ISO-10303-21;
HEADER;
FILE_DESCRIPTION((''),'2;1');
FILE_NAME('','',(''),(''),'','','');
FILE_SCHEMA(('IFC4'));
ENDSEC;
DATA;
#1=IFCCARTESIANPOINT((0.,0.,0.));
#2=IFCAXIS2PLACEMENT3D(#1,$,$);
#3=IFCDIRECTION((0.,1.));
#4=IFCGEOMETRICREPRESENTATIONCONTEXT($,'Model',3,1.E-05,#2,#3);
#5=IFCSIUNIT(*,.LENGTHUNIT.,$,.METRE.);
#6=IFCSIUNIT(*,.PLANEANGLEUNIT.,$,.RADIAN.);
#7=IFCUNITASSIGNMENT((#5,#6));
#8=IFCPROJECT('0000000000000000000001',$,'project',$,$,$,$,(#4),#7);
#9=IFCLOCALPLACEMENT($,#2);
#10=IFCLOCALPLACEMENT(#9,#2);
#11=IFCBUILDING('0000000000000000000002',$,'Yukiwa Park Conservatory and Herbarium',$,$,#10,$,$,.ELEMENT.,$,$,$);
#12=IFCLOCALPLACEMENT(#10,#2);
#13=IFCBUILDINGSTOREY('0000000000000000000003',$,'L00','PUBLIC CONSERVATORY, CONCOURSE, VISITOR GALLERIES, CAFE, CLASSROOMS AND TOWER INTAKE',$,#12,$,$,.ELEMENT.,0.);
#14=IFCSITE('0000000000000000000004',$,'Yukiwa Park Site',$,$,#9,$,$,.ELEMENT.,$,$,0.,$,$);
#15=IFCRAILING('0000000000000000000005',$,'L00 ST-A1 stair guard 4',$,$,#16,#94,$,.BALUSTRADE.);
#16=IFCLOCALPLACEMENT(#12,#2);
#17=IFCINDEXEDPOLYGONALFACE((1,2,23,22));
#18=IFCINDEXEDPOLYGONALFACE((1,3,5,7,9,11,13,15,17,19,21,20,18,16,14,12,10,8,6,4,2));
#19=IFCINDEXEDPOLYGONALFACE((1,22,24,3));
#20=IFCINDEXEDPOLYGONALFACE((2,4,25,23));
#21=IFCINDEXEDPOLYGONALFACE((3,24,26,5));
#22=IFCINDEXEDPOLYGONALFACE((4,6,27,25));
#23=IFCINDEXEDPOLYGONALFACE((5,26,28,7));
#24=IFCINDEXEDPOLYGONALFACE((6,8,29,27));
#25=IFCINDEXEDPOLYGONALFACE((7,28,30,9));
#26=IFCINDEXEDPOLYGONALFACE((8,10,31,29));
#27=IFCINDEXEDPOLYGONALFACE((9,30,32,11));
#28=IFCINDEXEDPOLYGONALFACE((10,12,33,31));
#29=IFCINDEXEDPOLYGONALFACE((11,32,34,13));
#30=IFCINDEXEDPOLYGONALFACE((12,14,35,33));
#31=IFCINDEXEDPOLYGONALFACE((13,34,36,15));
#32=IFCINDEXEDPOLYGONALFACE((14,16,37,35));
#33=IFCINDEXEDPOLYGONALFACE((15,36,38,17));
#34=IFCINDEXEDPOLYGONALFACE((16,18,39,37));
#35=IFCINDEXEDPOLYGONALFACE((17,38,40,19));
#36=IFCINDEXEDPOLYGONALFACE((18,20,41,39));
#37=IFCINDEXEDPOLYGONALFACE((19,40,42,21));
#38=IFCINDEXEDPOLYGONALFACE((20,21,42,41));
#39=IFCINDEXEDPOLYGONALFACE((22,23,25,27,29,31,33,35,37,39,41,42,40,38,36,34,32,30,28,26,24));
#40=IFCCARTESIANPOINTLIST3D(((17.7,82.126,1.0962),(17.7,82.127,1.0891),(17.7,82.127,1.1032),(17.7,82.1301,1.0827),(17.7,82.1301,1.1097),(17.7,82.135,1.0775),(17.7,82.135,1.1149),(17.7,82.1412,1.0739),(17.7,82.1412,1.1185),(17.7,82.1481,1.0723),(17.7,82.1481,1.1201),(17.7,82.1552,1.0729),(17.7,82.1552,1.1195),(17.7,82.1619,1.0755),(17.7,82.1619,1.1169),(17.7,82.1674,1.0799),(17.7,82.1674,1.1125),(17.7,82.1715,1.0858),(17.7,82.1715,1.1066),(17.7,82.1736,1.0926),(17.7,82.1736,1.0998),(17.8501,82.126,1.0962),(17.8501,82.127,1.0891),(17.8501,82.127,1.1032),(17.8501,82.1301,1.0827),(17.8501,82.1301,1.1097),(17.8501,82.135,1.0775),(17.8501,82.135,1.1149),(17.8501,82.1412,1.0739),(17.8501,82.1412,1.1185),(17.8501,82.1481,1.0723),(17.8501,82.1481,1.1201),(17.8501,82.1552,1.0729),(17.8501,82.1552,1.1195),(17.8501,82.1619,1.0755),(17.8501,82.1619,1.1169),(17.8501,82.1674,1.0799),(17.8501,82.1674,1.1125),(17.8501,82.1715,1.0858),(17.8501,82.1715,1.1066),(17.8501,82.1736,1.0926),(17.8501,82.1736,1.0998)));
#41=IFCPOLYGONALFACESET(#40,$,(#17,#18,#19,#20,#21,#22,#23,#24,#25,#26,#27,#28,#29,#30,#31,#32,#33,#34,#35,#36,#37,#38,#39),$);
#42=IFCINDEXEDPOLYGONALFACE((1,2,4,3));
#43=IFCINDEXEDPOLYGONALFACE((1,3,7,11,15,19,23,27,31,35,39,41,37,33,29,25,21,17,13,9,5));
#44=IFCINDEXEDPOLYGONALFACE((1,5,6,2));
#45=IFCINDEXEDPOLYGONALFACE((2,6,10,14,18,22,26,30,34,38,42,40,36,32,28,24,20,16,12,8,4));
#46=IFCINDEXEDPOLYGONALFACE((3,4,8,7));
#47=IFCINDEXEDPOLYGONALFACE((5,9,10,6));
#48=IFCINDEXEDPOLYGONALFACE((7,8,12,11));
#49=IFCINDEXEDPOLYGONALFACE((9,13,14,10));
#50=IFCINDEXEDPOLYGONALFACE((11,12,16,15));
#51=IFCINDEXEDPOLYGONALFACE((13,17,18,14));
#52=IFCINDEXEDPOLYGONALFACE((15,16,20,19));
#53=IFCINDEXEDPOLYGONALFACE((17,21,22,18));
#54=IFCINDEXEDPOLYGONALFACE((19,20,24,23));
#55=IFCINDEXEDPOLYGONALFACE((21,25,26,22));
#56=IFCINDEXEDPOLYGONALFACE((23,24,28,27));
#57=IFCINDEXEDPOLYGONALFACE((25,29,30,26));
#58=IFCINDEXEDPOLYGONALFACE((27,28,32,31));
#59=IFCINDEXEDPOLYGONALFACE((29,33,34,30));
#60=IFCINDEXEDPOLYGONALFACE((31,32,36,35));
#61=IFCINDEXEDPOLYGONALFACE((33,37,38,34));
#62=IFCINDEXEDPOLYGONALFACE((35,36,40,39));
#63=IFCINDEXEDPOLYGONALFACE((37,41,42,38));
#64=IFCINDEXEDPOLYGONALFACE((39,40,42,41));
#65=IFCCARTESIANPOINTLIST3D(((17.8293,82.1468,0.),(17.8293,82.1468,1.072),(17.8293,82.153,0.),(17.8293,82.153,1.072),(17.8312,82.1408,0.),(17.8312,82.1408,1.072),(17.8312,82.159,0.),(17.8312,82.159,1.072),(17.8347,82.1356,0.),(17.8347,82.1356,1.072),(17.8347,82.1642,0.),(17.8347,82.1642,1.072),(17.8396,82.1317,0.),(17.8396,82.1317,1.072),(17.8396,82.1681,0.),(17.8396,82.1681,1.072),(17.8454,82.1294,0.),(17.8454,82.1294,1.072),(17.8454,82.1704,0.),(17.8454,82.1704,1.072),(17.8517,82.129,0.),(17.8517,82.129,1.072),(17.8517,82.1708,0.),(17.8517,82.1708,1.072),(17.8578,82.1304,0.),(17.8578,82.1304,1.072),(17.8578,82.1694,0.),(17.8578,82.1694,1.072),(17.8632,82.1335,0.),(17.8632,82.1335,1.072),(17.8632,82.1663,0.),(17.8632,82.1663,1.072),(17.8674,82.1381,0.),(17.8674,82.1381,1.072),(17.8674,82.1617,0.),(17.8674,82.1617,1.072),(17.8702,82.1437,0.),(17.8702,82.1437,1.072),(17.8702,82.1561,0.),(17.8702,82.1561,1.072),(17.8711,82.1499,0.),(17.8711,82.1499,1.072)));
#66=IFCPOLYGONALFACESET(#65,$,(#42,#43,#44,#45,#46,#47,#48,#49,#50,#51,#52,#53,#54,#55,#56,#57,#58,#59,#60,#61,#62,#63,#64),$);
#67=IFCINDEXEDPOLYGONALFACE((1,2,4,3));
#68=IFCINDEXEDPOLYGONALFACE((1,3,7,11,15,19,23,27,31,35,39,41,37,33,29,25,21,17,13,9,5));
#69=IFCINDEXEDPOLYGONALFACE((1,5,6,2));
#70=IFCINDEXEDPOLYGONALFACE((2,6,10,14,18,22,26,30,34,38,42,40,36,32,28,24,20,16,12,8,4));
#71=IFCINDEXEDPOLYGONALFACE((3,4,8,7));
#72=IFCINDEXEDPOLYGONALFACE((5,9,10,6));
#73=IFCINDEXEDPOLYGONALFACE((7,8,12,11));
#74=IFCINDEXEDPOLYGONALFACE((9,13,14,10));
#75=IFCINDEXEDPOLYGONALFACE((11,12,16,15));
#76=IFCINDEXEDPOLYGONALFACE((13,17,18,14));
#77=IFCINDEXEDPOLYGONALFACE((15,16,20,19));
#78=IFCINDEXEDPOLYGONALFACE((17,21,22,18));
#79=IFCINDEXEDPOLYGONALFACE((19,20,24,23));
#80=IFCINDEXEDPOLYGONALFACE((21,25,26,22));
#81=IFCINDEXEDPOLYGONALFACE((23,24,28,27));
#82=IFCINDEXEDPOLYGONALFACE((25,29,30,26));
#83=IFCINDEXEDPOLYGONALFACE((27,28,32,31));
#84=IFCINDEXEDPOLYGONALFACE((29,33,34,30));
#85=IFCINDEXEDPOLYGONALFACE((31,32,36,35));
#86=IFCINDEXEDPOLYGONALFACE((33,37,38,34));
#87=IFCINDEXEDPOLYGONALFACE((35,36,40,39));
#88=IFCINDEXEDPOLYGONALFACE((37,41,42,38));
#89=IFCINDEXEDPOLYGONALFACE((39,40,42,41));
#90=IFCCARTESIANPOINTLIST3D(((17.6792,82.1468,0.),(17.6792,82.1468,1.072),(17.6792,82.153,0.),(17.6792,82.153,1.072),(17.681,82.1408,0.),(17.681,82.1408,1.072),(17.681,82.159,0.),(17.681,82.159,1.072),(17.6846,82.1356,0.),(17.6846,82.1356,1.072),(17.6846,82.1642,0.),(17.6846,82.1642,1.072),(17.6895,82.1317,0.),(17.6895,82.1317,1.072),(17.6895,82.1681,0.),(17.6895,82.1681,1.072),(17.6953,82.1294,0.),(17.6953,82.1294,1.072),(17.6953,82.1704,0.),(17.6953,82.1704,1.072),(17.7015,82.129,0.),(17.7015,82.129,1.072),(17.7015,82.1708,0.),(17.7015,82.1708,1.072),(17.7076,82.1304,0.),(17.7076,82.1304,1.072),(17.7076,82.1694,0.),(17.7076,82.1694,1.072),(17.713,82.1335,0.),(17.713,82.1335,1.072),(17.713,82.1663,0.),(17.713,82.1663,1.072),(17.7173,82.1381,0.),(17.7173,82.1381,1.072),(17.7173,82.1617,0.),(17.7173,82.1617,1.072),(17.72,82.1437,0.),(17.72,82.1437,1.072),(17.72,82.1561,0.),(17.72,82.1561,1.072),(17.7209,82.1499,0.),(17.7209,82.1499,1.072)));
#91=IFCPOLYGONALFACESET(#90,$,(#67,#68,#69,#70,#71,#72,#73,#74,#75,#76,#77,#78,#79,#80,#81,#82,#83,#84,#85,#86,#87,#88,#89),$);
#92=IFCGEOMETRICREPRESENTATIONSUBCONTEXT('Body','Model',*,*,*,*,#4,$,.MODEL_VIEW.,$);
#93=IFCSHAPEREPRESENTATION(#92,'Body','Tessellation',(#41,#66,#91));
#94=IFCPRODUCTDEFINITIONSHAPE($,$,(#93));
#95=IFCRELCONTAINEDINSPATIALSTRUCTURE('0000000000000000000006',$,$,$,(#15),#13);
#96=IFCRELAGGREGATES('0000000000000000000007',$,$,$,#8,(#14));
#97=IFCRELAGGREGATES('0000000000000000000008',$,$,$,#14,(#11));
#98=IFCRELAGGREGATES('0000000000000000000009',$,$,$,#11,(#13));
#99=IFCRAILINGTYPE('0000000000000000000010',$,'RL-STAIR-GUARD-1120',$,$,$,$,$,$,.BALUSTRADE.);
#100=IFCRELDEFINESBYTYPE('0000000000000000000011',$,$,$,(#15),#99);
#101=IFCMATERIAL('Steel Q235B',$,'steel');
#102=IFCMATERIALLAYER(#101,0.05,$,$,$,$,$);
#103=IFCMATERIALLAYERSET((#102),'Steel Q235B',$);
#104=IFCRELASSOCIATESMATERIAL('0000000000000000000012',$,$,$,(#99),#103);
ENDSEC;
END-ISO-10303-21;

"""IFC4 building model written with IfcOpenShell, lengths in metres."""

from ifc_helpers import new_model, si_unit, direction, frame, origin, origin_2d, place, context, subcontext, project, spatial, circle, extrude, material, layer, layer_set, type_object, element, save


model = new_model("IFC4")

# Units and contexts
model_context = context("Model", 3, precision=1e-05, world=origin(), true_north=direction((0.0, 1.0)))
body_context = subcontext(model_context, "Body", "Model", "MODEL_VIEW")
ifc_project = project(units=[si_unit("LENGTHUNIT", "METRE"), si_unit("PLANEANGLEUNIT", "RADIAN")], contexts=[model_context])

# Site, building, storey
site_placement = place(None, origin())
site = spatial("IfcSite", under=ifc_project, at=site_placement, Name="Yukiwa Park Site", CompositionType="ELEMENT", RefElevation=0.0)
building_placement = place(site_placement, origin())
building = spatial("IfcBuilding", under=site, at=building_placement, Name="Yukiwa Park Conservatory and Herbarium", CompositionType="ELEMENT")
storey_placement = place(building_placement, origin())
storey = spatial("IfcBuildingStorey", under=building, at=storey_placement, Name="L00", Description="PUBLIC CONSERVATORY, CONCOURSE, VISITOR GALLERIES, CAFE, CLASSROOMS AND TOWER INTAKE", CompositionType="ELEMENT", Elevation=0.0)

# Railing
ifc_material_1 = material(Name="Steel Q235B", Category="steel")
ifc_layer_1 = layer(ifc_material_1, 0.05)
ifc_layer_set_1 = layer_set([ifc_layer_1], Name="Steel Q235B")
railing_type_1 = type_object("IfcRailingType", Name="RL-STAIR-GUARD-1120", PredefinedType="BALUSTRADE", material=ifc_layer_set_1)
railing_1_placement = place(storey_placement, frame((17.8501, 82.1499, 0.0)))
element("IfcRailing", 1, at=railing_1_placement, inside=storey, type_object=railing_type_1, Name="L00 ST-A1 stair guard 4", PredefinedType="BALUSTRADE", context=body_context, shape_type="SweptSolid", body=[
    extrude(circle(Radius=0.0239, at=origin_2d()), frame((0.0, 0.0, 1.0962), z_axis=(-1.0, 0.0, 0.0), x_axis=(0.0, -1.0, 0.0)), (0.0, 0.0, 1.0), 0.1501),
    extrude(circle(Radius=0.021, at=origin_2d()), origin(), (0.0, 0.0, 1.0), 1.072),
    extrude(circle(Radius=0.021, at=origin_2d()), frame((-0.1501, 0.0, 0.0)), (0.0, 0.0, 1.0), 1.072),
])

save(model, "model.ifc")
